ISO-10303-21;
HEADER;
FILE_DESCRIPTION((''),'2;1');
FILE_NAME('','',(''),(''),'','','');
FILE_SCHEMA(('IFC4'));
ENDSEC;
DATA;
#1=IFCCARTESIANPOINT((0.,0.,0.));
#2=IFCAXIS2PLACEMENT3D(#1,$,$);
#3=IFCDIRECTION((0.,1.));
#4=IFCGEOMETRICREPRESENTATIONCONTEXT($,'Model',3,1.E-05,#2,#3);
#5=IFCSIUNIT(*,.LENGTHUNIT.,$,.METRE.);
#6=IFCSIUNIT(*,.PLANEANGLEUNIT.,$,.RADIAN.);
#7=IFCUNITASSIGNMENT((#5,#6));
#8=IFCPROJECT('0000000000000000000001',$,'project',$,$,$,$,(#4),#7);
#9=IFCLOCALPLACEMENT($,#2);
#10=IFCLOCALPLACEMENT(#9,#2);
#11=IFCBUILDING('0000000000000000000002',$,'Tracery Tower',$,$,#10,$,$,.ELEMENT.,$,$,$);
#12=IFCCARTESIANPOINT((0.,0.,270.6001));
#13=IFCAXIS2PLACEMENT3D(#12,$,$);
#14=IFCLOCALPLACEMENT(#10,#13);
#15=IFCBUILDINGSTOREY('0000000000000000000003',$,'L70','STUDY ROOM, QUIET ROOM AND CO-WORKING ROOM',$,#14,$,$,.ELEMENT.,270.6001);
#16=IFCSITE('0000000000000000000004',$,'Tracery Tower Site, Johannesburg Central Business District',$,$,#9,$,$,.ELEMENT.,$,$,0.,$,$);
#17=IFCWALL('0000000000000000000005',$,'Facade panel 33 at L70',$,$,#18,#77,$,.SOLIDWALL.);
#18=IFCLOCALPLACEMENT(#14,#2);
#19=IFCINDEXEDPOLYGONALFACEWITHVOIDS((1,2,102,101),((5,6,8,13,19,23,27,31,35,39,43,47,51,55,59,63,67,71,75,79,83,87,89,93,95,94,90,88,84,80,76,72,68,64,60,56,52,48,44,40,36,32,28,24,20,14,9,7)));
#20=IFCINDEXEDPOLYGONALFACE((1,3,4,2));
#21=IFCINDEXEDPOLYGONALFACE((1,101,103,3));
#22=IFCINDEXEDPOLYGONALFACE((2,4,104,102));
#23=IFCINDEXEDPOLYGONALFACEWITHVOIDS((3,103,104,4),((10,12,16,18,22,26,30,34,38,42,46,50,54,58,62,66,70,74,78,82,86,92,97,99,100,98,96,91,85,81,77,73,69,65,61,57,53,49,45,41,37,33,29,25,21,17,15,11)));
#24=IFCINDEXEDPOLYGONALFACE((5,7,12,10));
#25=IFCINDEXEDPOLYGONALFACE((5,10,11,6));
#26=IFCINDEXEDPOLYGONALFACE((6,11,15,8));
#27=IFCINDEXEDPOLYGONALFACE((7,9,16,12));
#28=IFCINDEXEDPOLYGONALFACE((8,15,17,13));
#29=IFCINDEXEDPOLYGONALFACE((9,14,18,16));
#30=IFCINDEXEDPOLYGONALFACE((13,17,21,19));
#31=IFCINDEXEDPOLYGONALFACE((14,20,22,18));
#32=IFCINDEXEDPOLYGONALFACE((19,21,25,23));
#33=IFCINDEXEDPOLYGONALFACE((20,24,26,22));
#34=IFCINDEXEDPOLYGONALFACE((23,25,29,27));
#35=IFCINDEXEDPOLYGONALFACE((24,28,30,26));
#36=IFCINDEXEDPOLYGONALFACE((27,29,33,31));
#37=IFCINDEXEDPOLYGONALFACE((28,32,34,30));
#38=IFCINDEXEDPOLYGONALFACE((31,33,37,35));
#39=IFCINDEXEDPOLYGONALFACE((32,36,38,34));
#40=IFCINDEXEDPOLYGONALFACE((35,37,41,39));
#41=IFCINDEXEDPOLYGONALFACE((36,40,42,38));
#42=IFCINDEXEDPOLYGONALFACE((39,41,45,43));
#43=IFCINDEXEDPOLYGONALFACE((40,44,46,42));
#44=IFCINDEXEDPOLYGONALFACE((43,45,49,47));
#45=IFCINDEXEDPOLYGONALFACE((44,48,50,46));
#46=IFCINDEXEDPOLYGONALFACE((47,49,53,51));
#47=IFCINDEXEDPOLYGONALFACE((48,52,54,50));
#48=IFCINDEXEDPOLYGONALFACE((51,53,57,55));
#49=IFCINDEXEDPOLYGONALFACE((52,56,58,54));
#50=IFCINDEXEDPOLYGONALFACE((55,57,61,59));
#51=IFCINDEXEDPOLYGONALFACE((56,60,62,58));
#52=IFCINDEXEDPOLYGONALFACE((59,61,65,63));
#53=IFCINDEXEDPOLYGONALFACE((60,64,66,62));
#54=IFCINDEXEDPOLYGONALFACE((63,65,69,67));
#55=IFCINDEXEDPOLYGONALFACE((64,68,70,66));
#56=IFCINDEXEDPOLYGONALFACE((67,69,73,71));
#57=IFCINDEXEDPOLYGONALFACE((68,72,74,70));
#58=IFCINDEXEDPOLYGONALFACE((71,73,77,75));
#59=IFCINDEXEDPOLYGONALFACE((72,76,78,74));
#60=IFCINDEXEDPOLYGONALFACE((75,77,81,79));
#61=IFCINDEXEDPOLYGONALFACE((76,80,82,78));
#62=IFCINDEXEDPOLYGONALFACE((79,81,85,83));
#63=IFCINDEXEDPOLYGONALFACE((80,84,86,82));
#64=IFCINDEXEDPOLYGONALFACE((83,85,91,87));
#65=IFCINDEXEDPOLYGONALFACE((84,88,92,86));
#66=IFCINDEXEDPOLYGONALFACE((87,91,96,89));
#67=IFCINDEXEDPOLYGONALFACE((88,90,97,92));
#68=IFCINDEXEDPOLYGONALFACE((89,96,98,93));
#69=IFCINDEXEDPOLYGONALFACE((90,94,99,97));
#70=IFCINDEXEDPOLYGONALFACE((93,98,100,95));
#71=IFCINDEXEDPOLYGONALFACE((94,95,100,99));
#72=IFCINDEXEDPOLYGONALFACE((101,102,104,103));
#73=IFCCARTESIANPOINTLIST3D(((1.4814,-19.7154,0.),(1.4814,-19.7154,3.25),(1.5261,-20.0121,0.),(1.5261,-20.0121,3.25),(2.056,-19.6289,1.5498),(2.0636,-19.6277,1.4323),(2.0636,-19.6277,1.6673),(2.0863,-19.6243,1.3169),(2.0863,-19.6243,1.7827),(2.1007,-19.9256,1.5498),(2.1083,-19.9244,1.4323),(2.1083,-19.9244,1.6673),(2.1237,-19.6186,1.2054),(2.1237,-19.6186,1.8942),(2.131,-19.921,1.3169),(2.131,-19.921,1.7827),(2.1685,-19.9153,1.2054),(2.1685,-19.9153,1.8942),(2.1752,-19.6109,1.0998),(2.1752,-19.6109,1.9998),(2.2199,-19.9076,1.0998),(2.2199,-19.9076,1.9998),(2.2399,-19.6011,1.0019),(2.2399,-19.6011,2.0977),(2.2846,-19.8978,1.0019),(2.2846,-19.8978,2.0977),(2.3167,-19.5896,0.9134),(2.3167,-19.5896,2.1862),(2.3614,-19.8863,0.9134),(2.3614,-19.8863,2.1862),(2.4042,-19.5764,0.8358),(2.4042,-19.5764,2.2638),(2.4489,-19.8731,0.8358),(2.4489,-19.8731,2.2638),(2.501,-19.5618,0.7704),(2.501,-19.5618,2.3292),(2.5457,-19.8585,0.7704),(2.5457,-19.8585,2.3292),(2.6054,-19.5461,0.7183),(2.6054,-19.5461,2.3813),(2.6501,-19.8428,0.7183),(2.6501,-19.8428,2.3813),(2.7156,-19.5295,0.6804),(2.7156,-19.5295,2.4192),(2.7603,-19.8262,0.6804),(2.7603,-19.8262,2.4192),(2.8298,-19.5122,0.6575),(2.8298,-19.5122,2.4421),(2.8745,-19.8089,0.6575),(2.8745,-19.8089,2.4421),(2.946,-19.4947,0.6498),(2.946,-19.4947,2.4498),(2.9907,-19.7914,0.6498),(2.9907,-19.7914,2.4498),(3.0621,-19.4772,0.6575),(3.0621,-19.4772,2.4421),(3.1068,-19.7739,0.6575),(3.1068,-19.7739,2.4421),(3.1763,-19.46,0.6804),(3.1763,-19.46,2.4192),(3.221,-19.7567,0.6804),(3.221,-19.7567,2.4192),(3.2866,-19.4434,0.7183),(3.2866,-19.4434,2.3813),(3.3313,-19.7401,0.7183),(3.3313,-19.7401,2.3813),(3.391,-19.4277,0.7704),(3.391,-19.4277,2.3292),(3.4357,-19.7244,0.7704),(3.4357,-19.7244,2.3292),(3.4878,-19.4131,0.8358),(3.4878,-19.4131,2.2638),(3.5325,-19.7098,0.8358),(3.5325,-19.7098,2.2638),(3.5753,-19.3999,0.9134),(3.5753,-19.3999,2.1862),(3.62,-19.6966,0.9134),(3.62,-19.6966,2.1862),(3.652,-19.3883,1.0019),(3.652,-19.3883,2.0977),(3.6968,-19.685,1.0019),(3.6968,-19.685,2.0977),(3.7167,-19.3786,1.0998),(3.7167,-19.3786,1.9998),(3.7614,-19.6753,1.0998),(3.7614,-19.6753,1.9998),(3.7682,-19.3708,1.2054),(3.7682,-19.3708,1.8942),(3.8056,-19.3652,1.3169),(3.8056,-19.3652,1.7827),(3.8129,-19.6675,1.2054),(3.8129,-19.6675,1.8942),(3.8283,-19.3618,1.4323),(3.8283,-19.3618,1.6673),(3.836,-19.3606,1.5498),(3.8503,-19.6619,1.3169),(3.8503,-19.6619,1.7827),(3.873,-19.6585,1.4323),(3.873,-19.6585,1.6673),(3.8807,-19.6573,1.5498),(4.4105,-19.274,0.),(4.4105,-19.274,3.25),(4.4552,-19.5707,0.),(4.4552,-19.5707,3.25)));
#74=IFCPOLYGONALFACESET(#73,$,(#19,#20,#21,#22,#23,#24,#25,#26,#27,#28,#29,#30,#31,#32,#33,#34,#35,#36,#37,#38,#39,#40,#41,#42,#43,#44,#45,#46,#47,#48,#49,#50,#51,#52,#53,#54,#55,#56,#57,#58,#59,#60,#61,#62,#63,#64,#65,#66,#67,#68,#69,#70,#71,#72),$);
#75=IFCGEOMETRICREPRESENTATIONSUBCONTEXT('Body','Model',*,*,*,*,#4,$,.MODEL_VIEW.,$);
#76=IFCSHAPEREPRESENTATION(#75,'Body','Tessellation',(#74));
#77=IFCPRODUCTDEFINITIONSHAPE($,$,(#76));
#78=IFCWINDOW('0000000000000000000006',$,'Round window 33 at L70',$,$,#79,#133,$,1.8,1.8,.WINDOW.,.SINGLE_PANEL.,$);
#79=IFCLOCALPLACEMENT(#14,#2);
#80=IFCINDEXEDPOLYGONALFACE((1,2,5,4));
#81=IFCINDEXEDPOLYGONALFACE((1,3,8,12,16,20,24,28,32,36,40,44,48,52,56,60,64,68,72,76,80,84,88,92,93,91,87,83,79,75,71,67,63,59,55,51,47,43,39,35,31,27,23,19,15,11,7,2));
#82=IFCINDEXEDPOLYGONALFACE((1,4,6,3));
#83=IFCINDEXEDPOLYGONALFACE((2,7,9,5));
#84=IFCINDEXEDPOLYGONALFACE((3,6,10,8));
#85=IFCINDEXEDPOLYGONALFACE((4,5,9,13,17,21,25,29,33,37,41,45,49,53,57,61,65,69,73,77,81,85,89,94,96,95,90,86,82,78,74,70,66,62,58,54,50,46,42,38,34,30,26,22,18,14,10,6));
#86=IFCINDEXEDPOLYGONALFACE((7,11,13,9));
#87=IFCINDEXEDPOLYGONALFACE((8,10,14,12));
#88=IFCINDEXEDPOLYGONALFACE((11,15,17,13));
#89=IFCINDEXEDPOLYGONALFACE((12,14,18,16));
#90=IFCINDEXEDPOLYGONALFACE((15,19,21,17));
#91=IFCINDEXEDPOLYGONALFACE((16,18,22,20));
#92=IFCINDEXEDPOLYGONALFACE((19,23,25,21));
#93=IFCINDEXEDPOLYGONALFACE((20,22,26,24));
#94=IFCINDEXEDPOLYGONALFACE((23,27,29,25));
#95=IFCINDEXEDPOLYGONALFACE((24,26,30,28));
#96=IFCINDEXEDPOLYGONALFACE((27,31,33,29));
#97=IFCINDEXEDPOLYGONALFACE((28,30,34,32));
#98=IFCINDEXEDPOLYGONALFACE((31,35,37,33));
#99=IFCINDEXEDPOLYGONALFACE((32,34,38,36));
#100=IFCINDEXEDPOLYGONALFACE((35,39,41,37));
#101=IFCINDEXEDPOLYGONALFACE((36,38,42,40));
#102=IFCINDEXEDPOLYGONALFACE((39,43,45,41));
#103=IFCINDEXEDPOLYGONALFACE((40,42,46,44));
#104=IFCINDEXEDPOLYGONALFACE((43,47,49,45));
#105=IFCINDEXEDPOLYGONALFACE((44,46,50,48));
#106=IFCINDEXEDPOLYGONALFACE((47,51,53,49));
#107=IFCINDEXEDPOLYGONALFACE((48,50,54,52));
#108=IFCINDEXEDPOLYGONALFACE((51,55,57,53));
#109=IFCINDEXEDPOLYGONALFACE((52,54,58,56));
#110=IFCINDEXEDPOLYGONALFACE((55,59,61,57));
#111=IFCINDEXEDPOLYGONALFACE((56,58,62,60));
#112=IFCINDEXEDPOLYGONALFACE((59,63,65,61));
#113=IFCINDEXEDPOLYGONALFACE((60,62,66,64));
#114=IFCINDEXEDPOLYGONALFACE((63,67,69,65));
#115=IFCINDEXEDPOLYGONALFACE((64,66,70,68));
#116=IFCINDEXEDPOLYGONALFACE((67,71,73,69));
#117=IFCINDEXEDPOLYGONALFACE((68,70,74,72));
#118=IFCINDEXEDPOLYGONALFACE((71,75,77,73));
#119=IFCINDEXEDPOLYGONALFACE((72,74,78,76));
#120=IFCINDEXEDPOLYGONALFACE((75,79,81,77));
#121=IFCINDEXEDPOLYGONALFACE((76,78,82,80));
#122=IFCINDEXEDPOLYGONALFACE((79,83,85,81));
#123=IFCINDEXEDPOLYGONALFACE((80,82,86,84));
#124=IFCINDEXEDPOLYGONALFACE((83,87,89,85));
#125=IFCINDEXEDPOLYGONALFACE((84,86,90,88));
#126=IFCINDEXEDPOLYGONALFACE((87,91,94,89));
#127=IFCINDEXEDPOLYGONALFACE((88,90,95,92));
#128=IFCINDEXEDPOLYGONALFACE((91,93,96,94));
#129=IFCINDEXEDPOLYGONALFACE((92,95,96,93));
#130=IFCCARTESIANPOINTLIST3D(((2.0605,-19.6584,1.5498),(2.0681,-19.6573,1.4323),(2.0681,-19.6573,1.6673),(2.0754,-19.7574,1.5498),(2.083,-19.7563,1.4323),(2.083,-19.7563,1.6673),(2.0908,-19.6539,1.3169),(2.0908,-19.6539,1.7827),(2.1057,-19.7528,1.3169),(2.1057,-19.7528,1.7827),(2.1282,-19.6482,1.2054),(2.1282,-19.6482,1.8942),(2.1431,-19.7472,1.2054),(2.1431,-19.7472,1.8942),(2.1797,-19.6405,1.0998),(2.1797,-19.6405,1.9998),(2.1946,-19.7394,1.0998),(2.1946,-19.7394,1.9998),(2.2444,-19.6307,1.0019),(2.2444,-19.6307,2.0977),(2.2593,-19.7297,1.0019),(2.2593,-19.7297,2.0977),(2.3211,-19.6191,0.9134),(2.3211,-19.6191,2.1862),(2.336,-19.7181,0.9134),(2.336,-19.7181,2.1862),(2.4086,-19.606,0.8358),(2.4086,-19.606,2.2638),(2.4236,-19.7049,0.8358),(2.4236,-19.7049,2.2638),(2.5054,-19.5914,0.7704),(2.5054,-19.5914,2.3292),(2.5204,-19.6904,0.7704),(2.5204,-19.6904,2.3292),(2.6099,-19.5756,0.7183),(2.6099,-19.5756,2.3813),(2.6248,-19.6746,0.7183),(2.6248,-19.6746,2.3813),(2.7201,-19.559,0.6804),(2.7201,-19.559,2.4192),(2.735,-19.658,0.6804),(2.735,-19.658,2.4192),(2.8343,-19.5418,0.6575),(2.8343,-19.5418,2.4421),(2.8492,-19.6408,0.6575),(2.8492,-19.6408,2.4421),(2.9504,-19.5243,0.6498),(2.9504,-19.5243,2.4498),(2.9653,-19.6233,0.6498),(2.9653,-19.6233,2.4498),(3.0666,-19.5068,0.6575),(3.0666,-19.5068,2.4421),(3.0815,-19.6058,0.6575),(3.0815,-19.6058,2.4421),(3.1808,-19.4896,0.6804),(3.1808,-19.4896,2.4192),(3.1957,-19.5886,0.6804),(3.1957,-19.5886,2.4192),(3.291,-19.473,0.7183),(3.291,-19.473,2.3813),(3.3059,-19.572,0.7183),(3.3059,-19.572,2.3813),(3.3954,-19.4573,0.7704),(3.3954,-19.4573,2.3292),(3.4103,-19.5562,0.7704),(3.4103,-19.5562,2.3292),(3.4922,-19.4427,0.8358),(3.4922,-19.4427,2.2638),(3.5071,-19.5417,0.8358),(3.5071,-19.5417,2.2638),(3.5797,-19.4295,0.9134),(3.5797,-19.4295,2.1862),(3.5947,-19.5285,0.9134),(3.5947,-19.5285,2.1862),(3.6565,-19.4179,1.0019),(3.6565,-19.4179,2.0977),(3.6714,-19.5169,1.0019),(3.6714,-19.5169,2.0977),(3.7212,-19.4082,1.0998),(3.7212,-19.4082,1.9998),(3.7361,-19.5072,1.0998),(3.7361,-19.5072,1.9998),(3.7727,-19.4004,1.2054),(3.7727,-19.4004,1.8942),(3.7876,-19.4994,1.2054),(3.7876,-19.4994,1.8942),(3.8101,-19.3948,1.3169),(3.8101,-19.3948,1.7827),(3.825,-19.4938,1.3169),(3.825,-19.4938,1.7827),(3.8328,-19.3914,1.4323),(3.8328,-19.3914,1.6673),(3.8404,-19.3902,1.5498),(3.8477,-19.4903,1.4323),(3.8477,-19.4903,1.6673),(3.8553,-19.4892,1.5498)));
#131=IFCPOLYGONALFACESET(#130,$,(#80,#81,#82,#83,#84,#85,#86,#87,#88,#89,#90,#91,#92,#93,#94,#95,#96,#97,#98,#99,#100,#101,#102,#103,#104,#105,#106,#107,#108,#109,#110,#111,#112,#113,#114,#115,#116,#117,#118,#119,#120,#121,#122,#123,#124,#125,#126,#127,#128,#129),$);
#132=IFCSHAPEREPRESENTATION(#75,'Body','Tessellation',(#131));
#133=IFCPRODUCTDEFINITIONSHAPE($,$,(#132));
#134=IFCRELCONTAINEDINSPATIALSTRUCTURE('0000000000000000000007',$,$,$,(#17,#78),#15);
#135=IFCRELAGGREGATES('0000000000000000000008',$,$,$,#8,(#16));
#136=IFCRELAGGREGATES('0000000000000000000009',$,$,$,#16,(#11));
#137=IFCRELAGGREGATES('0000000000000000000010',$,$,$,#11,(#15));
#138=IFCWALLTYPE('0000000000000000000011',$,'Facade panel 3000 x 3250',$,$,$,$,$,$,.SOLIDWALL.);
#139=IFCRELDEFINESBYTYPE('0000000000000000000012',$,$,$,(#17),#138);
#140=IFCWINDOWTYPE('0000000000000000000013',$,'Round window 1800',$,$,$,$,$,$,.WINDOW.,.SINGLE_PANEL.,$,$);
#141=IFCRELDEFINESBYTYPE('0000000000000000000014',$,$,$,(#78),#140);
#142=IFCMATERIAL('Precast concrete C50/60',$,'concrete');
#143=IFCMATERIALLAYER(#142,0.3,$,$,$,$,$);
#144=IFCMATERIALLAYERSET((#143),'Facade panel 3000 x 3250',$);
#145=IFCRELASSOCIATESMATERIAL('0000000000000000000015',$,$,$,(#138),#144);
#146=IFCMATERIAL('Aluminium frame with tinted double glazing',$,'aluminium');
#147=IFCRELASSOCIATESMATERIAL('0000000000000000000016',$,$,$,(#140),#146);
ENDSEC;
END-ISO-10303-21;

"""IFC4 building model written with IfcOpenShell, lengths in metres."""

from ifc_helpers import new_model, si_unit, direction, frame, frame_2d, origin, origin_2d, place, context, subcontext, project, spatial, rectangle, circle, extrude, material, layer, layer_set, type_object, element, fill, save


model = new_model("IFC4")

# Units and contexts
model_context = context("Model", 3, precision=1e-05, world=origin(), true_north=direction((0.0, 1.0)))
body_context = subcontext(model_context, "Body", "Model", "MODEL_VIEW")
ifc_project = project(units=[si_unit("LENGTHUNIT", "METRE"), si_unit("PLANEANGLEUNIT", "RADIAN")], contexts=[model_context])

# Site, building, storey
site_placement = place(None, origin())
site = spatial("IfcSite", under=ifc_project, at=site_placement, Name="Tracery Tower Site, Johannesburg Central Business District", CompositionType="ELEMENT", RefElevation=0.0)
building_placement = place(site_placement, origin())
building = spatial("IfcBuilding", under=site, at=building_placement, Name="Tracery Tower", CompositionType="ELEMENT")
storey_placement = place(building_placement, frame((0.0, 0.0, 270.6001)))
storey = spatial("IfcBuildingStorey", under=building, at=storey_placement, Name="L70", Description="STUDY ROOM, QUIET ROOM AND CO-WORKING ROOM", CompositionType="ELEMENT", Elevation=270.6001)

# Wall, opening, window
ifc_material_1 = material(Name="Precast concrete C50/60", Category="concrete")
ifc_layer_1 = layer(ifc_material_1, 0.3)
ifc_layer_set_1 = layer_set([ifc_layer_1], Name="Facade panel 3000 x 3250")
wall_type_1 = type_object("IfcWallType", Name="Facade panel 3000 x 3250", PredefinedType="SOLIDWALL", material=ifc_layer_set_1)
wall_1_placement = place(storey_placement, frame((1.5039, -19.8638, 0.0), z_axis=(0.0, 0.0, 1.0), x_axis=(0.988836, 0.149009, 0.0)))
wall_1 = element("IfcWall", 1, at=wall_1_placement, inside=storey, type_object=wall_type_1, Name="Facade panel 33 at L70", PredefinedType="SOLIDWALL", context=body_context, shape_type="SweptSolid", body=[
    extrude(rectangle(XDim=2.9622, YDim=0.3, at=frame_2d((1.481, 0.0))), origin(), (0.0, 0.0, 1.0), 3.25),
])
opening_1_placement = place(wall_1_placement, frame((1.481, 0.0, 1.5498)))
opening_1 = element("IfcOpeningElement", 2, at=opening_1_placement, cuts=wall_1, PredefinedType="OPENING", context=body_context, shape_type="SweptSolid", body=[
    extrude(circle(Radius=0.9, at=origin_2d()), frame((0.0, 0.1599, 0.0), z_axis=(0.0, -1.0, 0.0), x_axis=(1.0, 0.0, 0.0)), (0.0, 0.0, 1.0), 0.3201),
])
ifc_material_2 = material(Name="Aluminium frame with tinted double glazing", Category="aluminium")
window_type = type_object("IfcWindowType", Name="Round window 1800", PartitioningType="SINGLE_PANEL", PredefinedType="WINDOW", material=ifc_material_2)
window_1_placement = place(opening_1_placement, origin())
window_1 = element("IfcWindow", 3, at=window_1_placement, inside=storey, type_object=window_type, Name="Round window 33 at L70", OverallHeight=1.8, OverallWidth=1.8, PartitioningType="SINGLE_PANEL", PredefinedType="WINDOW", context=body_context, shape_type="SweptSolid", body=[
    extrude(circle(Radius=0.9, at=origin_2d()), frame((0.0, 0.1201, 0.0), z_axis=(0.0, -1.0, 0.0), x_axis=(1.0, 0.0, 0.0)), (0.0, 0.0, 1.0), 0.1001),
])
fill(opening_1, window_1)

save(model, "model.ifc")
